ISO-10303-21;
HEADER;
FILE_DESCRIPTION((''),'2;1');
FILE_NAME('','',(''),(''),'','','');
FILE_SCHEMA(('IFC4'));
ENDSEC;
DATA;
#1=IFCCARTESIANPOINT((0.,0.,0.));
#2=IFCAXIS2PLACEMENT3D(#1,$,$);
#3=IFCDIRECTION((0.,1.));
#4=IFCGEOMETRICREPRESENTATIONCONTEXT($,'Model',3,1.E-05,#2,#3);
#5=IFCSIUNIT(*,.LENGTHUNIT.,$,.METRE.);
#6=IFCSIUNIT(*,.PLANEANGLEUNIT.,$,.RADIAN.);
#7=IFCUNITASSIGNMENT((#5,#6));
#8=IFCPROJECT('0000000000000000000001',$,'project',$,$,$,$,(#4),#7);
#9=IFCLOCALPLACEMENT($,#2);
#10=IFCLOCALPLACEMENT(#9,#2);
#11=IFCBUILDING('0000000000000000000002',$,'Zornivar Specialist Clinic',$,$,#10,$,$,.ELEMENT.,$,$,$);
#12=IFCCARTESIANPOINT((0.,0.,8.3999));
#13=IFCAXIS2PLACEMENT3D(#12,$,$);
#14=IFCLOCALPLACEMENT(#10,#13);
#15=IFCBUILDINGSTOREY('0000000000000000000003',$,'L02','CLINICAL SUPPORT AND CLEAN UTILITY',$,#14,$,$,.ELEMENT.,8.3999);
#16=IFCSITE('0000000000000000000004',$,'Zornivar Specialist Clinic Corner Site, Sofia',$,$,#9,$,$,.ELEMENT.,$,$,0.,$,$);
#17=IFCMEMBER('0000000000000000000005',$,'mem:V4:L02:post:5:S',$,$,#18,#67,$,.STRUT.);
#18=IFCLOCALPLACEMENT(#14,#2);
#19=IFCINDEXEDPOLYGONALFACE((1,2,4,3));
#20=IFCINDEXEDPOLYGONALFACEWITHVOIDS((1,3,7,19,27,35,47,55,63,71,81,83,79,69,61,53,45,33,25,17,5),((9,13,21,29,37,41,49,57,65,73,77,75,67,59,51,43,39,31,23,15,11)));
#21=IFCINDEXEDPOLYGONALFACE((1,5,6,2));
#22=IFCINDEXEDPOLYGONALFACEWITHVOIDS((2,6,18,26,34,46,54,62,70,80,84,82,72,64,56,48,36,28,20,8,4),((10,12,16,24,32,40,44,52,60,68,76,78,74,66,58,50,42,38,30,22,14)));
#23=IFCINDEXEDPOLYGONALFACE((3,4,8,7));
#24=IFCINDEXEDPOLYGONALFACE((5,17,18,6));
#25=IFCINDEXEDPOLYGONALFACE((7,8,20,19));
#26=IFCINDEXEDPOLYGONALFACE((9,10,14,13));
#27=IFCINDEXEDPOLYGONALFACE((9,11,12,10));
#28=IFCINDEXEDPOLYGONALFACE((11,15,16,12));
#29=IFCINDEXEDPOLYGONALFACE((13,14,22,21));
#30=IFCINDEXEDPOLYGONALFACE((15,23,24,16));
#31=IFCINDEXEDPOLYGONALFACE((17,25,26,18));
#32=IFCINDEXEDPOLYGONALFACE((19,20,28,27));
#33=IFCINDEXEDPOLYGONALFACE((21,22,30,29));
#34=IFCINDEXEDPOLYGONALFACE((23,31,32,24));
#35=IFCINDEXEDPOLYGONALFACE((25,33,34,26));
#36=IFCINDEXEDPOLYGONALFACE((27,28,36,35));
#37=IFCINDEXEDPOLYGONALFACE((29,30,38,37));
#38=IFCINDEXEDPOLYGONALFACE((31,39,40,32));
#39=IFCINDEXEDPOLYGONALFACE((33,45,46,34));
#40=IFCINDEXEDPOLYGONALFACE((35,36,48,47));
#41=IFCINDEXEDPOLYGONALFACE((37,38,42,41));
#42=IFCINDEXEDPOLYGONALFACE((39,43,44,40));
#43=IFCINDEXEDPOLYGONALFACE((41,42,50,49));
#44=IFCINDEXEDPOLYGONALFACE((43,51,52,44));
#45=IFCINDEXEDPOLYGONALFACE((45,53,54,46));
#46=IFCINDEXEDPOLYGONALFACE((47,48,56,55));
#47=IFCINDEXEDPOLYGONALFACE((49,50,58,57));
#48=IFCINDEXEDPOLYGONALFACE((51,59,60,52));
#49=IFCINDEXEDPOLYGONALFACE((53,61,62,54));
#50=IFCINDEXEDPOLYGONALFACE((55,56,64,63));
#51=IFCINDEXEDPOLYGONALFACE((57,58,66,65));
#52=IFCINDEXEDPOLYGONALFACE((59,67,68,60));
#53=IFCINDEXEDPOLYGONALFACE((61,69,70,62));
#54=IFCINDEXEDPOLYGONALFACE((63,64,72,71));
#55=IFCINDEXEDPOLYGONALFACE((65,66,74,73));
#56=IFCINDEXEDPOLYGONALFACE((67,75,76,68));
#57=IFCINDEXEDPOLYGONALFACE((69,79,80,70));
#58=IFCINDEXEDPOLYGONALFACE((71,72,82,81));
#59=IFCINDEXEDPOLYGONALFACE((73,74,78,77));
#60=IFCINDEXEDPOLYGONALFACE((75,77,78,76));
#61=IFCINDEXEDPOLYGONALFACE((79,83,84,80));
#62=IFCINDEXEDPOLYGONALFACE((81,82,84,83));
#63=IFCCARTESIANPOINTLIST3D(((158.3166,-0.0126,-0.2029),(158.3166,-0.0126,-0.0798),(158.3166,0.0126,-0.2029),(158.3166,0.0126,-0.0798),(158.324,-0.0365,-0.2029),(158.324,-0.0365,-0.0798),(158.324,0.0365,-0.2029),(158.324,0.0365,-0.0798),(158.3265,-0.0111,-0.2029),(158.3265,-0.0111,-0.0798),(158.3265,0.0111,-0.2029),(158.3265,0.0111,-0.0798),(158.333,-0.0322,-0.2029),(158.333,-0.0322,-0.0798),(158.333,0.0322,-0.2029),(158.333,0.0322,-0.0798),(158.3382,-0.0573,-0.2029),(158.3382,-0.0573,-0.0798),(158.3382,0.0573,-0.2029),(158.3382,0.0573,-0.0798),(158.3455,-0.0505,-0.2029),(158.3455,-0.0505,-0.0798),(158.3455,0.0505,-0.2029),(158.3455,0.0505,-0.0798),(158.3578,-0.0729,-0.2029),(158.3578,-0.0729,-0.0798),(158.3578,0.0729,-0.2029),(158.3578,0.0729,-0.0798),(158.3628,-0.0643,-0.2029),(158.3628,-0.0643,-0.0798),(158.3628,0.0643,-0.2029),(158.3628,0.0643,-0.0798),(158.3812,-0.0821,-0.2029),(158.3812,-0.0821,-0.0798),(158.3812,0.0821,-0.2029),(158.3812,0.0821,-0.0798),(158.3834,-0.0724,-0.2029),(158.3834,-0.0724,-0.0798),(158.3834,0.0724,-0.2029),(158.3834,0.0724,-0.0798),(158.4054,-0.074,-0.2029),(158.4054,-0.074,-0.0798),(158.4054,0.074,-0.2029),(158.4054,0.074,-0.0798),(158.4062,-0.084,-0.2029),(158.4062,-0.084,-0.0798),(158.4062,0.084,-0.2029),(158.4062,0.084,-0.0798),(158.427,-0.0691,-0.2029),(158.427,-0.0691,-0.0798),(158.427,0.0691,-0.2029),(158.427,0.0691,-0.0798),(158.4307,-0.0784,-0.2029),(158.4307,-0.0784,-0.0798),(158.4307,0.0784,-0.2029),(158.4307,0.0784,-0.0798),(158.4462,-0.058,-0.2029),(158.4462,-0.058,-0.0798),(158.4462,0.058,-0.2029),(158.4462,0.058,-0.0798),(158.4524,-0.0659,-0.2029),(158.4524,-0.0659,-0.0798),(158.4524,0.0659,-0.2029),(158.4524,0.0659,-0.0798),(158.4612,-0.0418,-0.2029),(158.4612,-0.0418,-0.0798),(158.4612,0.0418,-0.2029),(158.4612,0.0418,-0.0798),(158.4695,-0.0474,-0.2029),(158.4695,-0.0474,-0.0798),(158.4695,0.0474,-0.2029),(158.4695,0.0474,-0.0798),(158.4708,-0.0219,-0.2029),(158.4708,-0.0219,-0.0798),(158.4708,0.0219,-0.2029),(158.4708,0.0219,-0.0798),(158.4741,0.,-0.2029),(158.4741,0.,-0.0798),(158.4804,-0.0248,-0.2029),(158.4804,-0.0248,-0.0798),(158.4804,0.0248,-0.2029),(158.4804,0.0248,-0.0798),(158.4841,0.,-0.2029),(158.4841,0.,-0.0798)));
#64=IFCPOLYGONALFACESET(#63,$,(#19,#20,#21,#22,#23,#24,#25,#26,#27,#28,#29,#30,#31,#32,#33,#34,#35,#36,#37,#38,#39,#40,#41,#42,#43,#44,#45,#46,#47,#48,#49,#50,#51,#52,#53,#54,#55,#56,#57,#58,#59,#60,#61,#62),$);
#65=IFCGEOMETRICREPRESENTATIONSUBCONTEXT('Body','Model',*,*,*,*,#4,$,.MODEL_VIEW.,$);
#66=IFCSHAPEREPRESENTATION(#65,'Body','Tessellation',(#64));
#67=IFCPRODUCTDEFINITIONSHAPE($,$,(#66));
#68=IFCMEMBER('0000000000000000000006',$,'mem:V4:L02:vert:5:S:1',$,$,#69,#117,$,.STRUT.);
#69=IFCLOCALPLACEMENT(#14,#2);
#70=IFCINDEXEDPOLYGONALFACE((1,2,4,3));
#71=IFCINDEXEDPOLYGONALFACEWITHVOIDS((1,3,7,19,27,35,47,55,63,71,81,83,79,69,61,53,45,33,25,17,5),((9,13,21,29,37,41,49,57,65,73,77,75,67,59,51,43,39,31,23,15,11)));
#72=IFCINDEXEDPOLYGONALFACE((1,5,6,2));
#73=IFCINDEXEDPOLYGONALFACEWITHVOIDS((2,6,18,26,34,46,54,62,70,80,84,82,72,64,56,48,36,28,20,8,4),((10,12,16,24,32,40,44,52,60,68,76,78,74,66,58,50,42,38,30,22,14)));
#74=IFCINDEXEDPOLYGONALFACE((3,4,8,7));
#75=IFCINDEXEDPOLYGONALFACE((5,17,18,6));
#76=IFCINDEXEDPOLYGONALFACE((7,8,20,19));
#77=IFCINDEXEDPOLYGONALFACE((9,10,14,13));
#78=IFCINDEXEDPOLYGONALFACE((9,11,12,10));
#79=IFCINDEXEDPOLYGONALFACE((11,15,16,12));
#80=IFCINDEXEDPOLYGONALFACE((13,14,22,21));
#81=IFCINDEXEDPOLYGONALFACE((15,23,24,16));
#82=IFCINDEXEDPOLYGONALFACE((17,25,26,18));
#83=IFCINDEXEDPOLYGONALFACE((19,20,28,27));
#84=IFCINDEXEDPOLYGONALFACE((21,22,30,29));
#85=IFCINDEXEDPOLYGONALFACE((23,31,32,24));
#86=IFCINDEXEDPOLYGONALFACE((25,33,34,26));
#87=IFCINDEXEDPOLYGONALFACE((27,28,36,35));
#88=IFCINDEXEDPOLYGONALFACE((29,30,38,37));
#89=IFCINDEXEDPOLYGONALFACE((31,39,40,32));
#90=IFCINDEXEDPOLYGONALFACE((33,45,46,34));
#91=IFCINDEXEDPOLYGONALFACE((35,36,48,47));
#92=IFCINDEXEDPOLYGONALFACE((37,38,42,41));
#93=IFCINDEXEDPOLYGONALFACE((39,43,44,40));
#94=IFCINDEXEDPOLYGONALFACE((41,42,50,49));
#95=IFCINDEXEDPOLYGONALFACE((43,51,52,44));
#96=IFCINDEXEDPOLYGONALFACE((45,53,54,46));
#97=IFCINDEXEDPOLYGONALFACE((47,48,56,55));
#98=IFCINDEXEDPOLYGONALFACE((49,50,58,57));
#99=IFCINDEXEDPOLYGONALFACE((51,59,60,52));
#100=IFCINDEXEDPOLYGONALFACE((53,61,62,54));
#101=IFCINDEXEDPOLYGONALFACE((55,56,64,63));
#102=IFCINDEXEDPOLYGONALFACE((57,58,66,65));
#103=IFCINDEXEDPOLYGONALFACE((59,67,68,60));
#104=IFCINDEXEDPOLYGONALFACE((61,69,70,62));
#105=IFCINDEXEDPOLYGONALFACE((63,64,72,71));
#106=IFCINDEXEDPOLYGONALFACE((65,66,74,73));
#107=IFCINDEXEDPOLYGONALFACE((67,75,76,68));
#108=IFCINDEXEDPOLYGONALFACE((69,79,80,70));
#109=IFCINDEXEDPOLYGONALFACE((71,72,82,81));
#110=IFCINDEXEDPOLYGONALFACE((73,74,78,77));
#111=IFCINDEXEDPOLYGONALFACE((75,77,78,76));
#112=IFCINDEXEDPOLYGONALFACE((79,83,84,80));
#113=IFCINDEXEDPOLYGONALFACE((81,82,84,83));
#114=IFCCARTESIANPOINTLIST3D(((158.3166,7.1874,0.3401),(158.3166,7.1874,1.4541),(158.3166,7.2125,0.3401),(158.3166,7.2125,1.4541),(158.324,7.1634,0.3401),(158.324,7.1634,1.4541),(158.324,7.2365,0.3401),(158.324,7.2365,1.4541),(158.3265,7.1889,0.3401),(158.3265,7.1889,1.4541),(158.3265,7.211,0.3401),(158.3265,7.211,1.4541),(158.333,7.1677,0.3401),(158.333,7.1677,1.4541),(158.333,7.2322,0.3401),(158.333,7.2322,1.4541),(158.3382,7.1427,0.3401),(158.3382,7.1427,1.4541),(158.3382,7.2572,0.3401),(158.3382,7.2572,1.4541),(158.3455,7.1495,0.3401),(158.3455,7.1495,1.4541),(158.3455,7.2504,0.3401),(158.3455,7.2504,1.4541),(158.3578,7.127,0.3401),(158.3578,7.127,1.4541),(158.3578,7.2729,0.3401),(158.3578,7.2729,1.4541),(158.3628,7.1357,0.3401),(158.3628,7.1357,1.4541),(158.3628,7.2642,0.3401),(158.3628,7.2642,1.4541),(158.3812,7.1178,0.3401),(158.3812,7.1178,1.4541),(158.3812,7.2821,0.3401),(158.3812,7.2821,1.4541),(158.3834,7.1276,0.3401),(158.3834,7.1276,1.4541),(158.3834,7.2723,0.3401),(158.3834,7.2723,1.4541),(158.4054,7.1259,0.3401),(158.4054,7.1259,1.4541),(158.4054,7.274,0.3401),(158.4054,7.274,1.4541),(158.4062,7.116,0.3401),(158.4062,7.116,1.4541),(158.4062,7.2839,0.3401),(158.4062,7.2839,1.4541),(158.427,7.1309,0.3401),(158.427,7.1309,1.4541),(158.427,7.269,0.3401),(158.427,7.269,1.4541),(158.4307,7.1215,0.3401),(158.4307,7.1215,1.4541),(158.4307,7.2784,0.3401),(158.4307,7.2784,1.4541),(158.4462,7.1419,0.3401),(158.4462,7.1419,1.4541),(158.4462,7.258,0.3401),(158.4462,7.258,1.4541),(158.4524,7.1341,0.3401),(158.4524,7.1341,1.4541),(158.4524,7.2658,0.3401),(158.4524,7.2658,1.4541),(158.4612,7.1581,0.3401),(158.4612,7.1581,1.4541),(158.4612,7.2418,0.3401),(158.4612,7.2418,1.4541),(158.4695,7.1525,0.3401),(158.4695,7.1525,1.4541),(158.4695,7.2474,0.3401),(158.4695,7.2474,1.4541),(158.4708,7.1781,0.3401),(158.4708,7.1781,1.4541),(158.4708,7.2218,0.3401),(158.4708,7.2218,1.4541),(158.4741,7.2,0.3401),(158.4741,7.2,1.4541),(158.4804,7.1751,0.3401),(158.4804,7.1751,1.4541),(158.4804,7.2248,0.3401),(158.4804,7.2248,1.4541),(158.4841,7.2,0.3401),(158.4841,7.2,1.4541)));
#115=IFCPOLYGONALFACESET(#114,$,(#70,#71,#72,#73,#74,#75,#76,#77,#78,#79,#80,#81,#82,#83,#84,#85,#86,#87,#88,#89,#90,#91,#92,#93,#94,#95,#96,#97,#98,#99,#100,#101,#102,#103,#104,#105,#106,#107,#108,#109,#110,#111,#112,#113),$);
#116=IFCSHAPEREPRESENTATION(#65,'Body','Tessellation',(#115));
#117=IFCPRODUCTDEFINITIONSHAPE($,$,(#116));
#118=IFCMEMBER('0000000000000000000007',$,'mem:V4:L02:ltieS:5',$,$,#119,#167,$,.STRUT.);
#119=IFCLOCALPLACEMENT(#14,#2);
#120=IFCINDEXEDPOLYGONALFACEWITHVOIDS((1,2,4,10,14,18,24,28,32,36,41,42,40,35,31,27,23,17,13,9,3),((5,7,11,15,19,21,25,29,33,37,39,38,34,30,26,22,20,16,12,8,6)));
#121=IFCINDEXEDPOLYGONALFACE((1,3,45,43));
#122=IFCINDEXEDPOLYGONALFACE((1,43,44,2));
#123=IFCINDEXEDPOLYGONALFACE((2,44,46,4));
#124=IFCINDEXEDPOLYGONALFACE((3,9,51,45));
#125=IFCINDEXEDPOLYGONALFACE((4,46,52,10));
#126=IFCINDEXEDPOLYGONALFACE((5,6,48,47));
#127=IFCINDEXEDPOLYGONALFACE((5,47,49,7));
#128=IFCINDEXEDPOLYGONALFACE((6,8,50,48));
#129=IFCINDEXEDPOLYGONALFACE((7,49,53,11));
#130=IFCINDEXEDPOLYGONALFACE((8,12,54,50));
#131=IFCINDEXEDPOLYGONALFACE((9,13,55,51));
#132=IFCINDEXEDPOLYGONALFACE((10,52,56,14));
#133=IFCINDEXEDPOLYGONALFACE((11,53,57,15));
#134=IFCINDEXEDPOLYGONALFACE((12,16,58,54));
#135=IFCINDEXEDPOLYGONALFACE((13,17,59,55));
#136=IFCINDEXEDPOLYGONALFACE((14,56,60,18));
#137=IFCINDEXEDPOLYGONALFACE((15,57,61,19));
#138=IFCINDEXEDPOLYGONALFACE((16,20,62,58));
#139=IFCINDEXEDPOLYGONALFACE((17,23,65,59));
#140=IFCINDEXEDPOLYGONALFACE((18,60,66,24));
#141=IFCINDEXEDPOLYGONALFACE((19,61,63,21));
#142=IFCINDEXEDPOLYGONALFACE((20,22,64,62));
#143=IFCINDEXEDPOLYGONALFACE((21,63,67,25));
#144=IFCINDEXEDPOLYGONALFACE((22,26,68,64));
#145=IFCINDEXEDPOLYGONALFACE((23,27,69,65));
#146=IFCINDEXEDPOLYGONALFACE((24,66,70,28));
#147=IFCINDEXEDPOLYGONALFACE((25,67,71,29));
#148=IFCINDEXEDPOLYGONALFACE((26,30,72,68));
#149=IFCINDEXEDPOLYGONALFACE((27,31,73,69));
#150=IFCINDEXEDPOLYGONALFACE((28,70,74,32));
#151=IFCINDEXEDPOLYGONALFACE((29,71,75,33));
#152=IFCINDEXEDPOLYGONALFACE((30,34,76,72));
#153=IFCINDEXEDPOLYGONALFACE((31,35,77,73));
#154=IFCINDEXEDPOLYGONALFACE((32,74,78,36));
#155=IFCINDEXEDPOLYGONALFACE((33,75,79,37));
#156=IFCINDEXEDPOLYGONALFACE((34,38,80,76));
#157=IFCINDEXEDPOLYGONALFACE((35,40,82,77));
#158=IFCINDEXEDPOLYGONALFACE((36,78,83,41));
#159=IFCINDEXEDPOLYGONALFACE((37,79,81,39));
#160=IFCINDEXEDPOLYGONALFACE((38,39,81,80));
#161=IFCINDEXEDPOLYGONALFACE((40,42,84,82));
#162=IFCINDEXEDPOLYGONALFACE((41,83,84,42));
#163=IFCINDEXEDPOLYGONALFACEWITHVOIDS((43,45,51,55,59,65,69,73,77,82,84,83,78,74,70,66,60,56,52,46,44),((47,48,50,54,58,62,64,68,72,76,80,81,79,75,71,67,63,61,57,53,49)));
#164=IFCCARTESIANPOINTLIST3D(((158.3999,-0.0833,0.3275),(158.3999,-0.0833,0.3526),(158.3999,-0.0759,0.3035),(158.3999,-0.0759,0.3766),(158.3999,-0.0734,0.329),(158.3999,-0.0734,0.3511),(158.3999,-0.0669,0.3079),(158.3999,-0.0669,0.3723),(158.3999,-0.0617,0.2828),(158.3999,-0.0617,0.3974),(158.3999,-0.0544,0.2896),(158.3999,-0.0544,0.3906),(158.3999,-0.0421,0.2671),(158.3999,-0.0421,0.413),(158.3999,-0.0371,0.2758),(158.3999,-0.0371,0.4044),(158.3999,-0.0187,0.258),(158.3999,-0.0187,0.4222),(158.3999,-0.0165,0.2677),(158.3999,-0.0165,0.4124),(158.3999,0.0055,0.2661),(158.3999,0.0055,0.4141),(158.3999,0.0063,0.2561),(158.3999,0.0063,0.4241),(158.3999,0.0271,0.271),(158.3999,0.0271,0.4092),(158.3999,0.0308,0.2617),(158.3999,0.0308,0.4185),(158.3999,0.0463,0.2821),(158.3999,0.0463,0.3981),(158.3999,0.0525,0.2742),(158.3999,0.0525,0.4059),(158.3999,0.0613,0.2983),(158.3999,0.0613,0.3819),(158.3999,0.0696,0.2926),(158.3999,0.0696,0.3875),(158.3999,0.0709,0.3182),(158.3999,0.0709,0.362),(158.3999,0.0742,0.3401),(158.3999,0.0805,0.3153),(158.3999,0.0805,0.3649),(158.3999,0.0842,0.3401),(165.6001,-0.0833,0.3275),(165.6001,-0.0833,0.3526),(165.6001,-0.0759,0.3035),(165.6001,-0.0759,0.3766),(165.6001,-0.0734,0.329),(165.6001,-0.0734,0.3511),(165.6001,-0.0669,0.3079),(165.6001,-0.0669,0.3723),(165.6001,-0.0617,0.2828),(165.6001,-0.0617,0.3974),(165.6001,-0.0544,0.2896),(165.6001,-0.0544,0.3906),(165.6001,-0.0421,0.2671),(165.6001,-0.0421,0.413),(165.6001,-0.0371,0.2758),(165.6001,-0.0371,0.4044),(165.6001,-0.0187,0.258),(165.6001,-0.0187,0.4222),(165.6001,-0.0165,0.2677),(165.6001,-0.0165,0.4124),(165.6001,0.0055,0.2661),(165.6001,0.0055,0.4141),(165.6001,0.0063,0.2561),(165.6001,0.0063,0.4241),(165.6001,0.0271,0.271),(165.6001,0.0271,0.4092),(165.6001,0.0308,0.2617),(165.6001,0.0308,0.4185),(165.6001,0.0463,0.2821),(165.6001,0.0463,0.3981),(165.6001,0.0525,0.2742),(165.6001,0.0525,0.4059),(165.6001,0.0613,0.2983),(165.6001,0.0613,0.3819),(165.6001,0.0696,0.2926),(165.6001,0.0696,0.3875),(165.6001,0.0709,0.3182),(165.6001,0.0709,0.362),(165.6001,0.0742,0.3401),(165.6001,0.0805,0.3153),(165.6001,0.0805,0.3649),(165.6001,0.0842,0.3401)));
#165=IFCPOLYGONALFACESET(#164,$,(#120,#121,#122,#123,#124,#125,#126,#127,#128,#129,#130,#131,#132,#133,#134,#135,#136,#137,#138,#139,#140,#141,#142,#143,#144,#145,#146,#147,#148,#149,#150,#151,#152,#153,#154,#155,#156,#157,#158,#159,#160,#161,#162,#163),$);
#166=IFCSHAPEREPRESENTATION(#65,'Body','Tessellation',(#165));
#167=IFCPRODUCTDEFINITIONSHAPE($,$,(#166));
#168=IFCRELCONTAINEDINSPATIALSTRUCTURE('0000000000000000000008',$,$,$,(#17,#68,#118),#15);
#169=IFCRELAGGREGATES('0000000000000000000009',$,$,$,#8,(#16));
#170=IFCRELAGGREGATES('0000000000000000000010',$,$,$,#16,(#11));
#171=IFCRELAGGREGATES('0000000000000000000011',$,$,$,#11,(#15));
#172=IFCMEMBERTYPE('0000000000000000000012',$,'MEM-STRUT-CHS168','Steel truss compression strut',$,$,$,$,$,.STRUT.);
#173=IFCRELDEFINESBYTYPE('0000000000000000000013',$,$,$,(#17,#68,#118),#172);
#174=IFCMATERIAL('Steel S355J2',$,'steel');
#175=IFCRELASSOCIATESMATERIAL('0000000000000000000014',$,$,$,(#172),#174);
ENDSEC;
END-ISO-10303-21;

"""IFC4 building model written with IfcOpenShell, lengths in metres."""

from ifc_helpers import new_model, si_unit, direction, frame, origin, origin_2d, place, context, subcontext, project, spatial, hollow_circle, extrude, material, material_profile, profile_set, type_object, element, save


model = new_model("IFC4")

# Units and contexts
model_context = context("Model", 3, precision=1e-05, world=origin(), true_north=direction((0.0, 1.0)))
body_context = subcontext(model_context, "Body", "Model", "MODEL_VIEW")
ifc_project = project(units=[si_unit("LENGTHUNIT", "METRE"), si_unit("PLANEANGLEUNIT", "RADIAN")], contexts=[model_context])

# Site, building, storey
site_placement = place(None, origin())
site = spatial("IfcSite", under=ifc_project, at=site_placement, Name="Zornivar Specialist Clinic Corner Site, Sofia", CompositionType="ELEMENT", RefElevation=0.0)
building_placement = place(site_placement, origin())
building = spatial("IfcBuilding", under=site, at=building_placement, Name="Zornivar Specialist Clinic", CompositionType="ELEMENT")
storey_placement = place(building_placement, frame((0.0, 0.0, 8.3999)))
storey = spatial("IfcBuildingStorey", under=building, at=storey_placement, Name="L02", Description="CLINICAL SUPPORT AND CLEAN UTILITY", CompositionType="ELEMENT", Elevation=8.3999)

# Members
ifc_material_1 = material(Name="Steel S355J2", Category="steel")
ifc_material_profile_1 = material_profile(ifc_material_1, hollow_circle(Radius=0.0842, WallThickness=0.01, at=origin_2d()), Name="CHS 168.3x10")
ifc_profile_set_1 = profile_set([ifc_material_profile_1], Name="Steel S355J2")
member_type_1 = type_object("IfcMemberType", Name="MEM-STRUT-CHS168", Description="Steel truss compression strut", PredefinedType="STRUT", material=ifc_profile_set_1)
member_1_placement = place(storey_placement, frame((158.3999, 0.0, -0.0798), z_axis=(0.0, 0.0, -1.0), x_axis=(1.0, 0.0, 0.0)))
element("IfcMember", 1, at=member_1_placement, inside=storey, type_object=member_type_1, Name="mem:V4:L02:post:5:S", PredefinedType="STRUT", context=body_context, shape_type="SweptSolid", body=[
    extrude(hollow_circle(Radius=0.0842, WallThickness=0.01, at=origin_2d()), origin(), (0.0, 0.0, 1.0), 0.123),
])
member_2_placement = place(storey_placement, frame((158.3999, 7.2, 0.3401), z_axis=(0.0, 0.0, 1.0), x_axis=(1.0, 0.0, 0.0)))
element("IfcMember", 2, at=member_2_placement, inside=storey, type_object=member_type_1, Name="mem:V4:L02:vert:5:S:1", PredefinedType="STRUT", context=body_context, shape_type="SweptSolid", body=[
    extrude(hollow_circle(Radius=0.0842, WallThickness=0.01, at=origin_2d()), origin(), (0.0, 0.0, 1.0), 1.114),
])
member_3_placement = place(storey_placement, frame((158.3999, 0.0, 0.3401), z_axis=(1.0, 0.0, 0.0), x_axis=(0.0, 1.0, 0.0)))
element("IfcMember", 3, at=member_3_placement, inside=storey, type_object=member_type_1, Name="mem:V4:L02:ltieS:5", PredefinedType="STRUT", context=body_context, shape_type="SweptSolid", body=[
    extrude(hollow_circle(Radius=0.0842, WallThickness=0.01, at=origin_2d()), origin(), (0.0, 0.0, 1.0), 7.2002),
])

save(model, "model.ifc")
